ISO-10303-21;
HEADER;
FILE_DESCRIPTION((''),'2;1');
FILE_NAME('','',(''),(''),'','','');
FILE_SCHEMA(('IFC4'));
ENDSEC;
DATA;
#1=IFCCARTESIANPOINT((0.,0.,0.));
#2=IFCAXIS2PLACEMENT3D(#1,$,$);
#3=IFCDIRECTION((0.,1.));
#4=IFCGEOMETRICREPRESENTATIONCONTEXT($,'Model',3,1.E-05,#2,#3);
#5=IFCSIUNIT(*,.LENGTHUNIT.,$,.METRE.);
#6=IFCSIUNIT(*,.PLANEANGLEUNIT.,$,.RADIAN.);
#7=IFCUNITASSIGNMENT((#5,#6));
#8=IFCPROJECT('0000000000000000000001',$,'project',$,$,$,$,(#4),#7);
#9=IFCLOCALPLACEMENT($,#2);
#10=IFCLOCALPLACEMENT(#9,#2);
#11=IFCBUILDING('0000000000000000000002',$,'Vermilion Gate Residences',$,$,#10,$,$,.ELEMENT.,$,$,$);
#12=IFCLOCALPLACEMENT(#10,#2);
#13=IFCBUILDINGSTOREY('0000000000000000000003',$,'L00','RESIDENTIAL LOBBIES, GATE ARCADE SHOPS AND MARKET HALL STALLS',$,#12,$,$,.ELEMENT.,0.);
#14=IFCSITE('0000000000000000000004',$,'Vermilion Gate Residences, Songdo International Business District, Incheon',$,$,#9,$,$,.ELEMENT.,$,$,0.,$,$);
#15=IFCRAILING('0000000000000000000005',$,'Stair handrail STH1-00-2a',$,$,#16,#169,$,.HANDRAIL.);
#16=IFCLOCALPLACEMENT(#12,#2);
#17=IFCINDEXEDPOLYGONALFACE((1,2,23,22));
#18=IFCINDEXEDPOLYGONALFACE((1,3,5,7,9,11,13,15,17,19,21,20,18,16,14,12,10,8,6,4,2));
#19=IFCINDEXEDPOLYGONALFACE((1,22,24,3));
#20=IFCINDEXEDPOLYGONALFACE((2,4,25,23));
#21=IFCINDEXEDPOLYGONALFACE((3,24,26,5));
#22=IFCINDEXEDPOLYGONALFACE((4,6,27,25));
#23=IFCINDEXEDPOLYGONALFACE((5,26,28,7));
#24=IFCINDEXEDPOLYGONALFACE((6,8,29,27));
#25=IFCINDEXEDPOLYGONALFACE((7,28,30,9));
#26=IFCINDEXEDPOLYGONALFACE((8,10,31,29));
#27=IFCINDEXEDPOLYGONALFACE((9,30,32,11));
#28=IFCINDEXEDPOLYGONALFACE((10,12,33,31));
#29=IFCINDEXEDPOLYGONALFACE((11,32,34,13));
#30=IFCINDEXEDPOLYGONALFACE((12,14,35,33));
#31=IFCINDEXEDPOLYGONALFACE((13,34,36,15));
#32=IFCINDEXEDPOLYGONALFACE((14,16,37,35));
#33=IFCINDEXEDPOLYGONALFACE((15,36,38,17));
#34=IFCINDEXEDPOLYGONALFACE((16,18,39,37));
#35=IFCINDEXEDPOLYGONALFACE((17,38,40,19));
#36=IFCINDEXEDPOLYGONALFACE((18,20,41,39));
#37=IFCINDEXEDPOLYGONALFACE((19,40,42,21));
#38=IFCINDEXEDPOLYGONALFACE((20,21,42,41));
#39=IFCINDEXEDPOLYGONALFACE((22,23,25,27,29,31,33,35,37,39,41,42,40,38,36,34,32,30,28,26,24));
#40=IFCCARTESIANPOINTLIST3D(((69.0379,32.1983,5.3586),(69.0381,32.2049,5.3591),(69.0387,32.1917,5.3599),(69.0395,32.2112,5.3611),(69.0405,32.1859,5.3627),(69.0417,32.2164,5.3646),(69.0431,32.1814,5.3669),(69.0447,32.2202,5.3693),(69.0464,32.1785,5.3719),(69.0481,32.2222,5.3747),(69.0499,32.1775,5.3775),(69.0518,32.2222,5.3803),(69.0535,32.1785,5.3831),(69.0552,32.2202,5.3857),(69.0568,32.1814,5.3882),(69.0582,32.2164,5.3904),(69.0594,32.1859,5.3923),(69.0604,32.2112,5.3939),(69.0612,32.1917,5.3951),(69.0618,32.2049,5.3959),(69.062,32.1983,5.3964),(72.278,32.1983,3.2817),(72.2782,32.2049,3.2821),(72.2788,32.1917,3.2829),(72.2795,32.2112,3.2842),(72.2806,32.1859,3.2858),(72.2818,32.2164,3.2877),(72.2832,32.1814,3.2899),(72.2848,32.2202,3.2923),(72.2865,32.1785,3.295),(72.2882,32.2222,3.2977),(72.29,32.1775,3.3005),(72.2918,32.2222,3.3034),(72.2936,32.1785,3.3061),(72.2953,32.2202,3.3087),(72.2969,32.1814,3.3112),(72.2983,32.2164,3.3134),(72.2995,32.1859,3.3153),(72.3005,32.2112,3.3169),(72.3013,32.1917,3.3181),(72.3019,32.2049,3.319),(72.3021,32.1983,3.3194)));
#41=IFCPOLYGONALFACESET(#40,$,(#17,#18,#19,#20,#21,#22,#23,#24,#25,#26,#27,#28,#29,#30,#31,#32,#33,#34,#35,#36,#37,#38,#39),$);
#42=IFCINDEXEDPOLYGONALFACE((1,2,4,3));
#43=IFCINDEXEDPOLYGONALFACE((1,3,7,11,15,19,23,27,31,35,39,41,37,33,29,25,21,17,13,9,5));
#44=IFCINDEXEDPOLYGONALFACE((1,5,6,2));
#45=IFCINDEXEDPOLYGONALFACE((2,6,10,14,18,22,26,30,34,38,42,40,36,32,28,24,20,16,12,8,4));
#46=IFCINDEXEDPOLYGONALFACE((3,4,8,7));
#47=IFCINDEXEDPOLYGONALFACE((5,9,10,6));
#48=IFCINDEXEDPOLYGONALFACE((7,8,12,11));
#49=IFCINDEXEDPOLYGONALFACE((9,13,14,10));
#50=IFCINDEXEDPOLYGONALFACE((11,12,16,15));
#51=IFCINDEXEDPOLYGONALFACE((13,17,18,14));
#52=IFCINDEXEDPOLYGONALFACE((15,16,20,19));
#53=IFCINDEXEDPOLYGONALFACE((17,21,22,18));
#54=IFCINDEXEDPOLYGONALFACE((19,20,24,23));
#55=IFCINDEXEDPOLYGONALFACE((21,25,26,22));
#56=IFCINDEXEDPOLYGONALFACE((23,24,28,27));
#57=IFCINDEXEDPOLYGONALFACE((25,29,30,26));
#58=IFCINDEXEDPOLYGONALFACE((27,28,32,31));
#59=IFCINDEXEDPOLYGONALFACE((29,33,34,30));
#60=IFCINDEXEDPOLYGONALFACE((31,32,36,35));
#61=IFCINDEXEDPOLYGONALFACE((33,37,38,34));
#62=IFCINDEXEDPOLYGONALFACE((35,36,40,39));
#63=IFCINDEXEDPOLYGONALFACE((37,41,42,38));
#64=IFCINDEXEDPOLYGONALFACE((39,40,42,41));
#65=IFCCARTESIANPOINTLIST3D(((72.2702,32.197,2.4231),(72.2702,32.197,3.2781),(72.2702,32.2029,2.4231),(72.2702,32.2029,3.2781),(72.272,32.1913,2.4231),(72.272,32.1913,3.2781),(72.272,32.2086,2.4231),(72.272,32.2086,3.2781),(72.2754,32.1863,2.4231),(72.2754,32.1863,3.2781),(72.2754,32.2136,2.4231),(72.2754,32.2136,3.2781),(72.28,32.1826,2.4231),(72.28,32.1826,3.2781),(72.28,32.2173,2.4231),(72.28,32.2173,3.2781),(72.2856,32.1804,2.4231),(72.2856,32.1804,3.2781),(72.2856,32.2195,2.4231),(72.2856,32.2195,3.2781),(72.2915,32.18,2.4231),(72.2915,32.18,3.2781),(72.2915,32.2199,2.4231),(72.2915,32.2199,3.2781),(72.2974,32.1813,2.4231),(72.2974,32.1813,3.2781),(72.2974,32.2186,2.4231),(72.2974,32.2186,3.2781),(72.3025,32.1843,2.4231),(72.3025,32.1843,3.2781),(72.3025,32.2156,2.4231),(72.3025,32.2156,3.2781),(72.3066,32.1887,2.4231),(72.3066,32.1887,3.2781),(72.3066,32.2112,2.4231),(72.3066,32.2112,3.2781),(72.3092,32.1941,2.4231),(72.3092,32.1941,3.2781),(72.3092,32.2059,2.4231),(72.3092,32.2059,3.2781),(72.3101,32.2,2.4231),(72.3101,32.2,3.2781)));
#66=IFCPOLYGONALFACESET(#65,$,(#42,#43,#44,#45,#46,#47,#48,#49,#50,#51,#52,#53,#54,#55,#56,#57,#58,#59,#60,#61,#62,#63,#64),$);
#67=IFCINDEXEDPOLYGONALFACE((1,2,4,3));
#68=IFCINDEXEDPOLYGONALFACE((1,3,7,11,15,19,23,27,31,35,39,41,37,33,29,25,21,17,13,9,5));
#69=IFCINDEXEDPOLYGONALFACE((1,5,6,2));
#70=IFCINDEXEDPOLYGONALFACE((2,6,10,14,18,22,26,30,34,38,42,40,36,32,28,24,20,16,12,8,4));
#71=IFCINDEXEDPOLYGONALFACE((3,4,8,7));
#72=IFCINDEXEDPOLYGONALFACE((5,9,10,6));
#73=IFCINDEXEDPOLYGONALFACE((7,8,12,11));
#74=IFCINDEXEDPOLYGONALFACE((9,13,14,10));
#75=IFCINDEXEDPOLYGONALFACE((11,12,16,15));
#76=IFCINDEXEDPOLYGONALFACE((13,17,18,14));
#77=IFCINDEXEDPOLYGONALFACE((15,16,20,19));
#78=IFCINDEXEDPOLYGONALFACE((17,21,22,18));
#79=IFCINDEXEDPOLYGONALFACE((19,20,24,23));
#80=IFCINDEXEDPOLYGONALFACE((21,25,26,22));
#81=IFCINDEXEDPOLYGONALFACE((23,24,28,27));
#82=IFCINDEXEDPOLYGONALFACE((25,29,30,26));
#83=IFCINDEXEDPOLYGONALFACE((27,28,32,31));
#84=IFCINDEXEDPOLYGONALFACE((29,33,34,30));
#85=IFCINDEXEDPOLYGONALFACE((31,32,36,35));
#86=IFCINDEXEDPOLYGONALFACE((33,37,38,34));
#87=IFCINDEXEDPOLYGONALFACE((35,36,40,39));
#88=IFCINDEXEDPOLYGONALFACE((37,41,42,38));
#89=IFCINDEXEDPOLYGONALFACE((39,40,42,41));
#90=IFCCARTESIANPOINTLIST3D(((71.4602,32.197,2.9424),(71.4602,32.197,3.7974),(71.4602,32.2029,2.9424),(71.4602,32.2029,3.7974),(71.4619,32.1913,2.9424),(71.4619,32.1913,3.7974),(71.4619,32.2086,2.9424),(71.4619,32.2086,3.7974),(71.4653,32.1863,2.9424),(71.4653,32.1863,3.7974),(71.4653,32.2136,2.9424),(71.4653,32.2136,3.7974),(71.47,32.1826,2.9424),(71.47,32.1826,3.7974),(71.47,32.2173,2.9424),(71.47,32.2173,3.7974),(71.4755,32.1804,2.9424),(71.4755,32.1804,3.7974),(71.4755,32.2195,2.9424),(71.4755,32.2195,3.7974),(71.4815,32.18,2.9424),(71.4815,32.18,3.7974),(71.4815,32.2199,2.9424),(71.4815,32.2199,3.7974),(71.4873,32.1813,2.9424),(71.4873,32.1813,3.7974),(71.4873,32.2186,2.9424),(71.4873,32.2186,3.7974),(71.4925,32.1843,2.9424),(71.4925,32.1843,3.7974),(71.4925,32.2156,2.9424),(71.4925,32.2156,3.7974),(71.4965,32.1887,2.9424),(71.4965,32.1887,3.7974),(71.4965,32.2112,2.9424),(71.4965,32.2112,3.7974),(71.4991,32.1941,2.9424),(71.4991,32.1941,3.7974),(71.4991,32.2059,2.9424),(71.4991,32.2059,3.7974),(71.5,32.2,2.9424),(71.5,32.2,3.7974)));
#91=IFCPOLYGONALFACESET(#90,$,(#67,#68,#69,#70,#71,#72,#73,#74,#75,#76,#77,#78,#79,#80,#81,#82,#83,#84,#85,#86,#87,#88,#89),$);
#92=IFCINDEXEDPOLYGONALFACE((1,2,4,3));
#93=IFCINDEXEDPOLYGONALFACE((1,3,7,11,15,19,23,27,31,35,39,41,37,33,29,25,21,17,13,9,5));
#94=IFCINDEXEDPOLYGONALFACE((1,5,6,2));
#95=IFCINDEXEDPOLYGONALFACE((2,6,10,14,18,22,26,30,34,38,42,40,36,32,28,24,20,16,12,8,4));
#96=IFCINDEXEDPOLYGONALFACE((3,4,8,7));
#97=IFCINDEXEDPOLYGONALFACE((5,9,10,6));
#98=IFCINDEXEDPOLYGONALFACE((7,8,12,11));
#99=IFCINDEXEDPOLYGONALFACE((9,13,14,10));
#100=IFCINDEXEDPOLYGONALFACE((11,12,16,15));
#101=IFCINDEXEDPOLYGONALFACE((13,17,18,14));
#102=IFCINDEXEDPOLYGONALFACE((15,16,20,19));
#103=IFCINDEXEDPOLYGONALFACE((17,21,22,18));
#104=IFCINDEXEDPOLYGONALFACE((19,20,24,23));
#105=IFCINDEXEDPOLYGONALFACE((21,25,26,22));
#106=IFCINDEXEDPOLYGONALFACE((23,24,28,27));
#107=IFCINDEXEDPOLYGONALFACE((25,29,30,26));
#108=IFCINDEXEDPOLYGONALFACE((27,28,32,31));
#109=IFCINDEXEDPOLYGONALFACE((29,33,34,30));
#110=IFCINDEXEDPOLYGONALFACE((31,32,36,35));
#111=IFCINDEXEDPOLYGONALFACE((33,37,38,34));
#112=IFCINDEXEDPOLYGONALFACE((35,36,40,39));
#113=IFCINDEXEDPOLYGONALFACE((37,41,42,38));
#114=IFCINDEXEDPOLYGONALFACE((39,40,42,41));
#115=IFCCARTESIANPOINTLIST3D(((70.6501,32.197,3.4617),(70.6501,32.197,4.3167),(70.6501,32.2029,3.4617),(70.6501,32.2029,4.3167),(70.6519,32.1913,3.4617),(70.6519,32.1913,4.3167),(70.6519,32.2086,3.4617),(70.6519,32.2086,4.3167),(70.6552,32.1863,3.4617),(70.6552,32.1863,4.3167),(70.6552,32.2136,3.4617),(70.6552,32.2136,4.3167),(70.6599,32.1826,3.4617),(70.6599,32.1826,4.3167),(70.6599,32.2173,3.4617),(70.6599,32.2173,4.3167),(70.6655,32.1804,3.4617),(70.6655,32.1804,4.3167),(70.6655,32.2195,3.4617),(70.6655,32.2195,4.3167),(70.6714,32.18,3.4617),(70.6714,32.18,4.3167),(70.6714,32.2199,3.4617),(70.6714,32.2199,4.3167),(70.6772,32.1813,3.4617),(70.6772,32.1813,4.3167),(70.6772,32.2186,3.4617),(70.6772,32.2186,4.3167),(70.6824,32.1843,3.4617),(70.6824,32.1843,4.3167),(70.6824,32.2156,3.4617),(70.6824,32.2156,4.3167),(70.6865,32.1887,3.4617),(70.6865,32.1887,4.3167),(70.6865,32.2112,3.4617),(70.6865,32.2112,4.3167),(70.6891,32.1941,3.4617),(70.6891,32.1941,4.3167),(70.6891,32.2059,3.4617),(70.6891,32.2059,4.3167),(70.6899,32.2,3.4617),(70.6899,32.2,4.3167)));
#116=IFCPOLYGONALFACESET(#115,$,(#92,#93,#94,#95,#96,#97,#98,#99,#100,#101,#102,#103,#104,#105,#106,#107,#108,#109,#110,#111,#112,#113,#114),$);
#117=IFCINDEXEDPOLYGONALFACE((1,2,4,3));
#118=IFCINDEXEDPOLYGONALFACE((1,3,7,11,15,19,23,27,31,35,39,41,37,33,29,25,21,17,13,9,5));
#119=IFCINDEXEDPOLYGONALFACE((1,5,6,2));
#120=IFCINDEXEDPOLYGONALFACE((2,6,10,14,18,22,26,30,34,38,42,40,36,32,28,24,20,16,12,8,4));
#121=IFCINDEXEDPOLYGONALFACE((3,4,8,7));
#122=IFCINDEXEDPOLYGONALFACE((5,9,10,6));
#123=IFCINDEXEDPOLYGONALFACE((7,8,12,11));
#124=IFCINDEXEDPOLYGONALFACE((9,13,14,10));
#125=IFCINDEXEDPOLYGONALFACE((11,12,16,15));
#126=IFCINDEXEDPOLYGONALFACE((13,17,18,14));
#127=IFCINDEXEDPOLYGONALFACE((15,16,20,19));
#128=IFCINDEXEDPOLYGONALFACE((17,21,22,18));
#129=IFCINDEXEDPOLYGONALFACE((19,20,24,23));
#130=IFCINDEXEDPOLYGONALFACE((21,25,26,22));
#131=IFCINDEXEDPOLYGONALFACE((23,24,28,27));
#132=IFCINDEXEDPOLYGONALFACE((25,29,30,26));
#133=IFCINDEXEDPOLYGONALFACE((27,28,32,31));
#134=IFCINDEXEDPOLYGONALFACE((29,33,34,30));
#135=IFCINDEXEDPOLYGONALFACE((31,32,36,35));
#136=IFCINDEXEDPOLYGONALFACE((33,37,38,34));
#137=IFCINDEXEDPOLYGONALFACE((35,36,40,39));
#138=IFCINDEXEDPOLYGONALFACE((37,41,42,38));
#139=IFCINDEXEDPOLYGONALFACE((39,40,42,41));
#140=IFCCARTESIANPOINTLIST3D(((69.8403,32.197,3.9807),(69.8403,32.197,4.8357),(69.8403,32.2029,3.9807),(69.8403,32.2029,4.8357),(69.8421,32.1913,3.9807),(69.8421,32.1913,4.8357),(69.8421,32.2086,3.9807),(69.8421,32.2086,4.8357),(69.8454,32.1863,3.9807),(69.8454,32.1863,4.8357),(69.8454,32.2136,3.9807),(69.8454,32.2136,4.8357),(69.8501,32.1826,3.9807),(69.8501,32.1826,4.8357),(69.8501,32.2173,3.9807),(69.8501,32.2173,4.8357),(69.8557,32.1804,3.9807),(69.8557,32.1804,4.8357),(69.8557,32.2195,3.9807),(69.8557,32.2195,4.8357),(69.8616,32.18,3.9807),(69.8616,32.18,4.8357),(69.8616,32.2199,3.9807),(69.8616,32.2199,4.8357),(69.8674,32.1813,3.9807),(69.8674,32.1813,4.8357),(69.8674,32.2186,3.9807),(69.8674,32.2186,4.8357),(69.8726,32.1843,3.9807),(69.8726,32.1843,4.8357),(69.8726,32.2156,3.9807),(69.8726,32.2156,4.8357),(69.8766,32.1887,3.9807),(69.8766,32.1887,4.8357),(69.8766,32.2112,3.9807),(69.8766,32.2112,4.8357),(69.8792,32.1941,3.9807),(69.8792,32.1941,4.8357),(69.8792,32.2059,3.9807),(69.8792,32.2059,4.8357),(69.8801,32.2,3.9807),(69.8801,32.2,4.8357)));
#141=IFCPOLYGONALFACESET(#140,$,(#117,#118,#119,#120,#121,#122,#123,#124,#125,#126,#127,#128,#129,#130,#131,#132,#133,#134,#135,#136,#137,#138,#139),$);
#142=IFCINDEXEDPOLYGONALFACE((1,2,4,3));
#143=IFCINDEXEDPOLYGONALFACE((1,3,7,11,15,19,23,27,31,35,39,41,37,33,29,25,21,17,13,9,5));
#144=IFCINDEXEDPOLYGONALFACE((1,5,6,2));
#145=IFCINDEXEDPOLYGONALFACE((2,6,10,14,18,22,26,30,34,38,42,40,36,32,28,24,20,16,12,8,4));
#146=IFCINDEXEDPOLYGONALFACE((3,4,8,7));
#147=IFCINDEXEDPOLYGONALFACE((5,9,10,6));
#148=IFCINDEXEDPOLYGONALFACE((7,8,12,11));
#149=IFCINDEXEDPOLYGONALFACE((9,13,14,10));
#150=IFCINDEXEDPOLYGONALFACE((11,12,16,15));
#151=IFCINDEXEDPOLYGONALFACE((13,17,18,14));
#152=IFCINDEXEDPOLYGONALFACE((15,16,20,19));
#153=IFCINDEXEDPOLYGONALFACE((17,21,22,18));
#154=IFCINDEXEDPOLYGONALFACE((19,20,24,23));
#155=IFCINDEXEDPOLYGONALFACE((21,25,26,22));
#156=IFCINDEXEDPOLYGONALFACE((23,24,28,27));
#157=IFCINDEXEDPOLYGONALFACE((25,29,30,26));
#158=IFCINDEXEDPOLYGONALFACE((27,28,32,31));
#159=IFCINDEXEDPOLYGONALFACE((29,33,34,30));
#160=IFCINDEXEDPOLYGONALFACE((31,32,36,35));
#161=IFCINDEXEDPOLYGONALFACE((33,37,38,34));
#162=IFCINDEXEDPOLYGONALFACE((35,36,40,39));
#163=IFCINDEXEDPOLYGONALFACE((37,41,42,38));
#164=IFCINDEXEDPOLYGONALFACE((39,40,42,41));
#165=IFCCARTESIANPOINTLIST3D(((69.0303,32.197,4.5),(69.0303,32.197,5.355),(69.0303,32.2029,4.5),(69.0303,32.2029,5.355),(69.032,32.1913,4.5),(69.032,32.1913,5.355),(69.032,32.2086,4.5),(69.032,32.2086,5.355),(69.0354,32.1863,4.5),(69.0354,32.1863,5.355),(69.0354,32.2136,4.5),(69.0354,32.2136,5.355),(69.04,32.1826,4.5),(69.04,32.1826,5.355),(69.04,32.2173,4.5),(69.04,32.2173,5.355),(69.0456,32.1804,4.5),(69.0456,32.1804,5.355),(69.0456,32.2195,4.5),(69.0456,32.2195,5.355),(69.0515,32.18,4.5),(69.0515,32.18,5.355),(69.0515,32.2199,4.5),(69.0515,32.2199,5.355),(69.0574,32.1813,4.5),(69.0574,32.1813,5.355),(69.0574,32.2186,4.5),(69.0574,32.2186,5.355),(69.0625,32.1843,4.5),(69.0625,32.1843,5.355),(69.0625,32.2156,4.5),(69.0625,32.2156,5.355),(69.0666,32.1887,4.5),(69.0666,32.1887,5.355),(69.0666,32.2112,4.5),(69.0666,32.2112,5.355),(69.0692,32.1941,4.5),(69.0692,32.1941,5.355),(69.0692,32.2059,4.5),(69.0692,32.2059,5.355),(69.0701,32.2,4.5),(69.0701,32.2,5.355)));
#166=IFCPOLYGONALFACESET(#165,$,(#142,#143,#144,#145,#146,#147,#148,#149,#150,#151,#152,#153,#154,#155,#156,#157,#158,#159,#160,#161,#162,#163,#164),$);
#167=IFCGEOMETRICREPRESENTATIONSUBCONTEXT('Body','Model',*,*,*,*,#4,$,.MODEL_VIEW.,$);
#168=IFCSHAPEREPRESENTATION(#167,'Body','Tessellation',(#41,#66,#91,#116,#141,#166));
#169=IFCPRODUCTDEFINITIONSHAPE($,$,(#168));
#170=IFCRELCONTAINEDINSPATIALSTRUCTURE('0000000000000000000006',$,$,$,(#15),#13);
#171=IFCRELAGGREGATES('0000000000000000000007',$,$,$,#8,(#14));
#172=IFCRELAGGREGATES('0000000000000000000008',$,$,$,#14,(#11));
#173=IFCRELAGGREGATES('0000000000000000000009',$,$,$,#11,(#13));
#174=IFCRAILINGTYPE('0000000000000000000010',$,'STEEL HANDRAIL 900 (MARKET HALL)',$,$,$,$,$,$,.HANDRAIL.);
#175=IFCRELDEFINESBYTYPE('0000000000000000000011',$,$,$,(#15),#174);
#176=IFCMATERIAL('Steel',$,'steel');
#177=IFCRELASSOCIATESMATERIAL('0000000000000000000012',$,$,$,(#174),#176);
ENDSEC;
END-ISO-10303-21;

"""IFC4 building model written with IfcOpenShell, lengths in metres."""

from ifc_helpers import new_model, si_unit, direction, frame, origin, origin_2d, place, context, subcontext, project, spatial, circle, extrude, material, type_object, element, save


model = new_model("IFC4")

# Units and contexts
model_context = context("Model", 3, precision=1e-05, world=origin(), true_north=direction((0.0, 1.0)))
body_context = subcontext(model_context, "Body", "Model", "MODEL_VIEW")
ifc_project = project(units=[si_unit("LENGTHUNIT", "METRE"), si_unit("PLANEANGLEUNIT", "RADIAN")], contexts=[model_context])

# Site, building, storey
site_placement = place(None, origin())
site = spatial("IfcSite", under=ifc_project, at=site_placement, Name="Vermilion Gate Residences, Songdo International Business District, Incheon", CompositionType="ELEMENT", RefElevation=0.0)
building_placement = place(site_placement, origin())
building = spatial("IfcBuilding", under=site, at=building_placement, Name="Vermilion Gate Residences", CompositionType="ELEMENT")
storey_placement = place(building_placement, origin())
storey = spatial("IfcBuildingStorey", under=building, at=storey_placement, Name="L00", Description="RESIDENTIAL LOBBIES, GATE ARCADE SHOPS AND MARKET HALL STALLS", CompositionType="ELEMENT", Elevation=0.0)

# Railing
ifc_material_1 = material(Name="Steel", Category="steel")
railing_type = type_object("IfcRailingType", Name="STEEL HANDRAIL 900 (MARKET HALL)", PredefinedType="HANDRAIL", material=ifc_material_1)
railing_1_placement = place(storey_placement, frame((72.29, 32.2, 2.4231)))
element("IfcRailing", 1, at=railing_1_placement, inside=storey, type_object=railing_type, Name="Stair handrail STH1-00-2a", PredefinedType="HANDRAIL", context=body_context, shape_type="SweptSolid", body=[
    extrude(circle(Radius=0.0225, at=origin_2d()), frame((0.0, 0.0, 0.8774), z_axis=(-0.841881, 0.0, 0.539664), x_axis=(0.0, -1.0, 0.0)), (0.0, 0.0, 1.0), 3.8486),
    extrude(circle(Radius=0.02, at=origin_2d()), origin(), (0.0, 0.0, 1.0), 0.855),
    extrude(circle(Radius=0.02, at=origin_2d()), frame((-0.8101, 0.0, 0.5193)), (0.0, 0.0, 1.0), 0.855),
    extrude(circle(Radius=0.02, at=origin_2d()), frame((-1.6201, 0.0, 1.0386)), (0.0, 0.0, 1.0), 0.855),
    extrude(circle(Radius=0.02, at=origin_2d()), frame((-2.4299, 0.0, 1.5576)), (0.0, 0.0, 1.0), 0.855),
    extrude(circle(Radius=0.02, at=origin_2d()), frame((-3.24, 0.0, 2.0769)), (0.0, 0.0, 1.0), 0.855),
])

save(model, "model.ifc")
